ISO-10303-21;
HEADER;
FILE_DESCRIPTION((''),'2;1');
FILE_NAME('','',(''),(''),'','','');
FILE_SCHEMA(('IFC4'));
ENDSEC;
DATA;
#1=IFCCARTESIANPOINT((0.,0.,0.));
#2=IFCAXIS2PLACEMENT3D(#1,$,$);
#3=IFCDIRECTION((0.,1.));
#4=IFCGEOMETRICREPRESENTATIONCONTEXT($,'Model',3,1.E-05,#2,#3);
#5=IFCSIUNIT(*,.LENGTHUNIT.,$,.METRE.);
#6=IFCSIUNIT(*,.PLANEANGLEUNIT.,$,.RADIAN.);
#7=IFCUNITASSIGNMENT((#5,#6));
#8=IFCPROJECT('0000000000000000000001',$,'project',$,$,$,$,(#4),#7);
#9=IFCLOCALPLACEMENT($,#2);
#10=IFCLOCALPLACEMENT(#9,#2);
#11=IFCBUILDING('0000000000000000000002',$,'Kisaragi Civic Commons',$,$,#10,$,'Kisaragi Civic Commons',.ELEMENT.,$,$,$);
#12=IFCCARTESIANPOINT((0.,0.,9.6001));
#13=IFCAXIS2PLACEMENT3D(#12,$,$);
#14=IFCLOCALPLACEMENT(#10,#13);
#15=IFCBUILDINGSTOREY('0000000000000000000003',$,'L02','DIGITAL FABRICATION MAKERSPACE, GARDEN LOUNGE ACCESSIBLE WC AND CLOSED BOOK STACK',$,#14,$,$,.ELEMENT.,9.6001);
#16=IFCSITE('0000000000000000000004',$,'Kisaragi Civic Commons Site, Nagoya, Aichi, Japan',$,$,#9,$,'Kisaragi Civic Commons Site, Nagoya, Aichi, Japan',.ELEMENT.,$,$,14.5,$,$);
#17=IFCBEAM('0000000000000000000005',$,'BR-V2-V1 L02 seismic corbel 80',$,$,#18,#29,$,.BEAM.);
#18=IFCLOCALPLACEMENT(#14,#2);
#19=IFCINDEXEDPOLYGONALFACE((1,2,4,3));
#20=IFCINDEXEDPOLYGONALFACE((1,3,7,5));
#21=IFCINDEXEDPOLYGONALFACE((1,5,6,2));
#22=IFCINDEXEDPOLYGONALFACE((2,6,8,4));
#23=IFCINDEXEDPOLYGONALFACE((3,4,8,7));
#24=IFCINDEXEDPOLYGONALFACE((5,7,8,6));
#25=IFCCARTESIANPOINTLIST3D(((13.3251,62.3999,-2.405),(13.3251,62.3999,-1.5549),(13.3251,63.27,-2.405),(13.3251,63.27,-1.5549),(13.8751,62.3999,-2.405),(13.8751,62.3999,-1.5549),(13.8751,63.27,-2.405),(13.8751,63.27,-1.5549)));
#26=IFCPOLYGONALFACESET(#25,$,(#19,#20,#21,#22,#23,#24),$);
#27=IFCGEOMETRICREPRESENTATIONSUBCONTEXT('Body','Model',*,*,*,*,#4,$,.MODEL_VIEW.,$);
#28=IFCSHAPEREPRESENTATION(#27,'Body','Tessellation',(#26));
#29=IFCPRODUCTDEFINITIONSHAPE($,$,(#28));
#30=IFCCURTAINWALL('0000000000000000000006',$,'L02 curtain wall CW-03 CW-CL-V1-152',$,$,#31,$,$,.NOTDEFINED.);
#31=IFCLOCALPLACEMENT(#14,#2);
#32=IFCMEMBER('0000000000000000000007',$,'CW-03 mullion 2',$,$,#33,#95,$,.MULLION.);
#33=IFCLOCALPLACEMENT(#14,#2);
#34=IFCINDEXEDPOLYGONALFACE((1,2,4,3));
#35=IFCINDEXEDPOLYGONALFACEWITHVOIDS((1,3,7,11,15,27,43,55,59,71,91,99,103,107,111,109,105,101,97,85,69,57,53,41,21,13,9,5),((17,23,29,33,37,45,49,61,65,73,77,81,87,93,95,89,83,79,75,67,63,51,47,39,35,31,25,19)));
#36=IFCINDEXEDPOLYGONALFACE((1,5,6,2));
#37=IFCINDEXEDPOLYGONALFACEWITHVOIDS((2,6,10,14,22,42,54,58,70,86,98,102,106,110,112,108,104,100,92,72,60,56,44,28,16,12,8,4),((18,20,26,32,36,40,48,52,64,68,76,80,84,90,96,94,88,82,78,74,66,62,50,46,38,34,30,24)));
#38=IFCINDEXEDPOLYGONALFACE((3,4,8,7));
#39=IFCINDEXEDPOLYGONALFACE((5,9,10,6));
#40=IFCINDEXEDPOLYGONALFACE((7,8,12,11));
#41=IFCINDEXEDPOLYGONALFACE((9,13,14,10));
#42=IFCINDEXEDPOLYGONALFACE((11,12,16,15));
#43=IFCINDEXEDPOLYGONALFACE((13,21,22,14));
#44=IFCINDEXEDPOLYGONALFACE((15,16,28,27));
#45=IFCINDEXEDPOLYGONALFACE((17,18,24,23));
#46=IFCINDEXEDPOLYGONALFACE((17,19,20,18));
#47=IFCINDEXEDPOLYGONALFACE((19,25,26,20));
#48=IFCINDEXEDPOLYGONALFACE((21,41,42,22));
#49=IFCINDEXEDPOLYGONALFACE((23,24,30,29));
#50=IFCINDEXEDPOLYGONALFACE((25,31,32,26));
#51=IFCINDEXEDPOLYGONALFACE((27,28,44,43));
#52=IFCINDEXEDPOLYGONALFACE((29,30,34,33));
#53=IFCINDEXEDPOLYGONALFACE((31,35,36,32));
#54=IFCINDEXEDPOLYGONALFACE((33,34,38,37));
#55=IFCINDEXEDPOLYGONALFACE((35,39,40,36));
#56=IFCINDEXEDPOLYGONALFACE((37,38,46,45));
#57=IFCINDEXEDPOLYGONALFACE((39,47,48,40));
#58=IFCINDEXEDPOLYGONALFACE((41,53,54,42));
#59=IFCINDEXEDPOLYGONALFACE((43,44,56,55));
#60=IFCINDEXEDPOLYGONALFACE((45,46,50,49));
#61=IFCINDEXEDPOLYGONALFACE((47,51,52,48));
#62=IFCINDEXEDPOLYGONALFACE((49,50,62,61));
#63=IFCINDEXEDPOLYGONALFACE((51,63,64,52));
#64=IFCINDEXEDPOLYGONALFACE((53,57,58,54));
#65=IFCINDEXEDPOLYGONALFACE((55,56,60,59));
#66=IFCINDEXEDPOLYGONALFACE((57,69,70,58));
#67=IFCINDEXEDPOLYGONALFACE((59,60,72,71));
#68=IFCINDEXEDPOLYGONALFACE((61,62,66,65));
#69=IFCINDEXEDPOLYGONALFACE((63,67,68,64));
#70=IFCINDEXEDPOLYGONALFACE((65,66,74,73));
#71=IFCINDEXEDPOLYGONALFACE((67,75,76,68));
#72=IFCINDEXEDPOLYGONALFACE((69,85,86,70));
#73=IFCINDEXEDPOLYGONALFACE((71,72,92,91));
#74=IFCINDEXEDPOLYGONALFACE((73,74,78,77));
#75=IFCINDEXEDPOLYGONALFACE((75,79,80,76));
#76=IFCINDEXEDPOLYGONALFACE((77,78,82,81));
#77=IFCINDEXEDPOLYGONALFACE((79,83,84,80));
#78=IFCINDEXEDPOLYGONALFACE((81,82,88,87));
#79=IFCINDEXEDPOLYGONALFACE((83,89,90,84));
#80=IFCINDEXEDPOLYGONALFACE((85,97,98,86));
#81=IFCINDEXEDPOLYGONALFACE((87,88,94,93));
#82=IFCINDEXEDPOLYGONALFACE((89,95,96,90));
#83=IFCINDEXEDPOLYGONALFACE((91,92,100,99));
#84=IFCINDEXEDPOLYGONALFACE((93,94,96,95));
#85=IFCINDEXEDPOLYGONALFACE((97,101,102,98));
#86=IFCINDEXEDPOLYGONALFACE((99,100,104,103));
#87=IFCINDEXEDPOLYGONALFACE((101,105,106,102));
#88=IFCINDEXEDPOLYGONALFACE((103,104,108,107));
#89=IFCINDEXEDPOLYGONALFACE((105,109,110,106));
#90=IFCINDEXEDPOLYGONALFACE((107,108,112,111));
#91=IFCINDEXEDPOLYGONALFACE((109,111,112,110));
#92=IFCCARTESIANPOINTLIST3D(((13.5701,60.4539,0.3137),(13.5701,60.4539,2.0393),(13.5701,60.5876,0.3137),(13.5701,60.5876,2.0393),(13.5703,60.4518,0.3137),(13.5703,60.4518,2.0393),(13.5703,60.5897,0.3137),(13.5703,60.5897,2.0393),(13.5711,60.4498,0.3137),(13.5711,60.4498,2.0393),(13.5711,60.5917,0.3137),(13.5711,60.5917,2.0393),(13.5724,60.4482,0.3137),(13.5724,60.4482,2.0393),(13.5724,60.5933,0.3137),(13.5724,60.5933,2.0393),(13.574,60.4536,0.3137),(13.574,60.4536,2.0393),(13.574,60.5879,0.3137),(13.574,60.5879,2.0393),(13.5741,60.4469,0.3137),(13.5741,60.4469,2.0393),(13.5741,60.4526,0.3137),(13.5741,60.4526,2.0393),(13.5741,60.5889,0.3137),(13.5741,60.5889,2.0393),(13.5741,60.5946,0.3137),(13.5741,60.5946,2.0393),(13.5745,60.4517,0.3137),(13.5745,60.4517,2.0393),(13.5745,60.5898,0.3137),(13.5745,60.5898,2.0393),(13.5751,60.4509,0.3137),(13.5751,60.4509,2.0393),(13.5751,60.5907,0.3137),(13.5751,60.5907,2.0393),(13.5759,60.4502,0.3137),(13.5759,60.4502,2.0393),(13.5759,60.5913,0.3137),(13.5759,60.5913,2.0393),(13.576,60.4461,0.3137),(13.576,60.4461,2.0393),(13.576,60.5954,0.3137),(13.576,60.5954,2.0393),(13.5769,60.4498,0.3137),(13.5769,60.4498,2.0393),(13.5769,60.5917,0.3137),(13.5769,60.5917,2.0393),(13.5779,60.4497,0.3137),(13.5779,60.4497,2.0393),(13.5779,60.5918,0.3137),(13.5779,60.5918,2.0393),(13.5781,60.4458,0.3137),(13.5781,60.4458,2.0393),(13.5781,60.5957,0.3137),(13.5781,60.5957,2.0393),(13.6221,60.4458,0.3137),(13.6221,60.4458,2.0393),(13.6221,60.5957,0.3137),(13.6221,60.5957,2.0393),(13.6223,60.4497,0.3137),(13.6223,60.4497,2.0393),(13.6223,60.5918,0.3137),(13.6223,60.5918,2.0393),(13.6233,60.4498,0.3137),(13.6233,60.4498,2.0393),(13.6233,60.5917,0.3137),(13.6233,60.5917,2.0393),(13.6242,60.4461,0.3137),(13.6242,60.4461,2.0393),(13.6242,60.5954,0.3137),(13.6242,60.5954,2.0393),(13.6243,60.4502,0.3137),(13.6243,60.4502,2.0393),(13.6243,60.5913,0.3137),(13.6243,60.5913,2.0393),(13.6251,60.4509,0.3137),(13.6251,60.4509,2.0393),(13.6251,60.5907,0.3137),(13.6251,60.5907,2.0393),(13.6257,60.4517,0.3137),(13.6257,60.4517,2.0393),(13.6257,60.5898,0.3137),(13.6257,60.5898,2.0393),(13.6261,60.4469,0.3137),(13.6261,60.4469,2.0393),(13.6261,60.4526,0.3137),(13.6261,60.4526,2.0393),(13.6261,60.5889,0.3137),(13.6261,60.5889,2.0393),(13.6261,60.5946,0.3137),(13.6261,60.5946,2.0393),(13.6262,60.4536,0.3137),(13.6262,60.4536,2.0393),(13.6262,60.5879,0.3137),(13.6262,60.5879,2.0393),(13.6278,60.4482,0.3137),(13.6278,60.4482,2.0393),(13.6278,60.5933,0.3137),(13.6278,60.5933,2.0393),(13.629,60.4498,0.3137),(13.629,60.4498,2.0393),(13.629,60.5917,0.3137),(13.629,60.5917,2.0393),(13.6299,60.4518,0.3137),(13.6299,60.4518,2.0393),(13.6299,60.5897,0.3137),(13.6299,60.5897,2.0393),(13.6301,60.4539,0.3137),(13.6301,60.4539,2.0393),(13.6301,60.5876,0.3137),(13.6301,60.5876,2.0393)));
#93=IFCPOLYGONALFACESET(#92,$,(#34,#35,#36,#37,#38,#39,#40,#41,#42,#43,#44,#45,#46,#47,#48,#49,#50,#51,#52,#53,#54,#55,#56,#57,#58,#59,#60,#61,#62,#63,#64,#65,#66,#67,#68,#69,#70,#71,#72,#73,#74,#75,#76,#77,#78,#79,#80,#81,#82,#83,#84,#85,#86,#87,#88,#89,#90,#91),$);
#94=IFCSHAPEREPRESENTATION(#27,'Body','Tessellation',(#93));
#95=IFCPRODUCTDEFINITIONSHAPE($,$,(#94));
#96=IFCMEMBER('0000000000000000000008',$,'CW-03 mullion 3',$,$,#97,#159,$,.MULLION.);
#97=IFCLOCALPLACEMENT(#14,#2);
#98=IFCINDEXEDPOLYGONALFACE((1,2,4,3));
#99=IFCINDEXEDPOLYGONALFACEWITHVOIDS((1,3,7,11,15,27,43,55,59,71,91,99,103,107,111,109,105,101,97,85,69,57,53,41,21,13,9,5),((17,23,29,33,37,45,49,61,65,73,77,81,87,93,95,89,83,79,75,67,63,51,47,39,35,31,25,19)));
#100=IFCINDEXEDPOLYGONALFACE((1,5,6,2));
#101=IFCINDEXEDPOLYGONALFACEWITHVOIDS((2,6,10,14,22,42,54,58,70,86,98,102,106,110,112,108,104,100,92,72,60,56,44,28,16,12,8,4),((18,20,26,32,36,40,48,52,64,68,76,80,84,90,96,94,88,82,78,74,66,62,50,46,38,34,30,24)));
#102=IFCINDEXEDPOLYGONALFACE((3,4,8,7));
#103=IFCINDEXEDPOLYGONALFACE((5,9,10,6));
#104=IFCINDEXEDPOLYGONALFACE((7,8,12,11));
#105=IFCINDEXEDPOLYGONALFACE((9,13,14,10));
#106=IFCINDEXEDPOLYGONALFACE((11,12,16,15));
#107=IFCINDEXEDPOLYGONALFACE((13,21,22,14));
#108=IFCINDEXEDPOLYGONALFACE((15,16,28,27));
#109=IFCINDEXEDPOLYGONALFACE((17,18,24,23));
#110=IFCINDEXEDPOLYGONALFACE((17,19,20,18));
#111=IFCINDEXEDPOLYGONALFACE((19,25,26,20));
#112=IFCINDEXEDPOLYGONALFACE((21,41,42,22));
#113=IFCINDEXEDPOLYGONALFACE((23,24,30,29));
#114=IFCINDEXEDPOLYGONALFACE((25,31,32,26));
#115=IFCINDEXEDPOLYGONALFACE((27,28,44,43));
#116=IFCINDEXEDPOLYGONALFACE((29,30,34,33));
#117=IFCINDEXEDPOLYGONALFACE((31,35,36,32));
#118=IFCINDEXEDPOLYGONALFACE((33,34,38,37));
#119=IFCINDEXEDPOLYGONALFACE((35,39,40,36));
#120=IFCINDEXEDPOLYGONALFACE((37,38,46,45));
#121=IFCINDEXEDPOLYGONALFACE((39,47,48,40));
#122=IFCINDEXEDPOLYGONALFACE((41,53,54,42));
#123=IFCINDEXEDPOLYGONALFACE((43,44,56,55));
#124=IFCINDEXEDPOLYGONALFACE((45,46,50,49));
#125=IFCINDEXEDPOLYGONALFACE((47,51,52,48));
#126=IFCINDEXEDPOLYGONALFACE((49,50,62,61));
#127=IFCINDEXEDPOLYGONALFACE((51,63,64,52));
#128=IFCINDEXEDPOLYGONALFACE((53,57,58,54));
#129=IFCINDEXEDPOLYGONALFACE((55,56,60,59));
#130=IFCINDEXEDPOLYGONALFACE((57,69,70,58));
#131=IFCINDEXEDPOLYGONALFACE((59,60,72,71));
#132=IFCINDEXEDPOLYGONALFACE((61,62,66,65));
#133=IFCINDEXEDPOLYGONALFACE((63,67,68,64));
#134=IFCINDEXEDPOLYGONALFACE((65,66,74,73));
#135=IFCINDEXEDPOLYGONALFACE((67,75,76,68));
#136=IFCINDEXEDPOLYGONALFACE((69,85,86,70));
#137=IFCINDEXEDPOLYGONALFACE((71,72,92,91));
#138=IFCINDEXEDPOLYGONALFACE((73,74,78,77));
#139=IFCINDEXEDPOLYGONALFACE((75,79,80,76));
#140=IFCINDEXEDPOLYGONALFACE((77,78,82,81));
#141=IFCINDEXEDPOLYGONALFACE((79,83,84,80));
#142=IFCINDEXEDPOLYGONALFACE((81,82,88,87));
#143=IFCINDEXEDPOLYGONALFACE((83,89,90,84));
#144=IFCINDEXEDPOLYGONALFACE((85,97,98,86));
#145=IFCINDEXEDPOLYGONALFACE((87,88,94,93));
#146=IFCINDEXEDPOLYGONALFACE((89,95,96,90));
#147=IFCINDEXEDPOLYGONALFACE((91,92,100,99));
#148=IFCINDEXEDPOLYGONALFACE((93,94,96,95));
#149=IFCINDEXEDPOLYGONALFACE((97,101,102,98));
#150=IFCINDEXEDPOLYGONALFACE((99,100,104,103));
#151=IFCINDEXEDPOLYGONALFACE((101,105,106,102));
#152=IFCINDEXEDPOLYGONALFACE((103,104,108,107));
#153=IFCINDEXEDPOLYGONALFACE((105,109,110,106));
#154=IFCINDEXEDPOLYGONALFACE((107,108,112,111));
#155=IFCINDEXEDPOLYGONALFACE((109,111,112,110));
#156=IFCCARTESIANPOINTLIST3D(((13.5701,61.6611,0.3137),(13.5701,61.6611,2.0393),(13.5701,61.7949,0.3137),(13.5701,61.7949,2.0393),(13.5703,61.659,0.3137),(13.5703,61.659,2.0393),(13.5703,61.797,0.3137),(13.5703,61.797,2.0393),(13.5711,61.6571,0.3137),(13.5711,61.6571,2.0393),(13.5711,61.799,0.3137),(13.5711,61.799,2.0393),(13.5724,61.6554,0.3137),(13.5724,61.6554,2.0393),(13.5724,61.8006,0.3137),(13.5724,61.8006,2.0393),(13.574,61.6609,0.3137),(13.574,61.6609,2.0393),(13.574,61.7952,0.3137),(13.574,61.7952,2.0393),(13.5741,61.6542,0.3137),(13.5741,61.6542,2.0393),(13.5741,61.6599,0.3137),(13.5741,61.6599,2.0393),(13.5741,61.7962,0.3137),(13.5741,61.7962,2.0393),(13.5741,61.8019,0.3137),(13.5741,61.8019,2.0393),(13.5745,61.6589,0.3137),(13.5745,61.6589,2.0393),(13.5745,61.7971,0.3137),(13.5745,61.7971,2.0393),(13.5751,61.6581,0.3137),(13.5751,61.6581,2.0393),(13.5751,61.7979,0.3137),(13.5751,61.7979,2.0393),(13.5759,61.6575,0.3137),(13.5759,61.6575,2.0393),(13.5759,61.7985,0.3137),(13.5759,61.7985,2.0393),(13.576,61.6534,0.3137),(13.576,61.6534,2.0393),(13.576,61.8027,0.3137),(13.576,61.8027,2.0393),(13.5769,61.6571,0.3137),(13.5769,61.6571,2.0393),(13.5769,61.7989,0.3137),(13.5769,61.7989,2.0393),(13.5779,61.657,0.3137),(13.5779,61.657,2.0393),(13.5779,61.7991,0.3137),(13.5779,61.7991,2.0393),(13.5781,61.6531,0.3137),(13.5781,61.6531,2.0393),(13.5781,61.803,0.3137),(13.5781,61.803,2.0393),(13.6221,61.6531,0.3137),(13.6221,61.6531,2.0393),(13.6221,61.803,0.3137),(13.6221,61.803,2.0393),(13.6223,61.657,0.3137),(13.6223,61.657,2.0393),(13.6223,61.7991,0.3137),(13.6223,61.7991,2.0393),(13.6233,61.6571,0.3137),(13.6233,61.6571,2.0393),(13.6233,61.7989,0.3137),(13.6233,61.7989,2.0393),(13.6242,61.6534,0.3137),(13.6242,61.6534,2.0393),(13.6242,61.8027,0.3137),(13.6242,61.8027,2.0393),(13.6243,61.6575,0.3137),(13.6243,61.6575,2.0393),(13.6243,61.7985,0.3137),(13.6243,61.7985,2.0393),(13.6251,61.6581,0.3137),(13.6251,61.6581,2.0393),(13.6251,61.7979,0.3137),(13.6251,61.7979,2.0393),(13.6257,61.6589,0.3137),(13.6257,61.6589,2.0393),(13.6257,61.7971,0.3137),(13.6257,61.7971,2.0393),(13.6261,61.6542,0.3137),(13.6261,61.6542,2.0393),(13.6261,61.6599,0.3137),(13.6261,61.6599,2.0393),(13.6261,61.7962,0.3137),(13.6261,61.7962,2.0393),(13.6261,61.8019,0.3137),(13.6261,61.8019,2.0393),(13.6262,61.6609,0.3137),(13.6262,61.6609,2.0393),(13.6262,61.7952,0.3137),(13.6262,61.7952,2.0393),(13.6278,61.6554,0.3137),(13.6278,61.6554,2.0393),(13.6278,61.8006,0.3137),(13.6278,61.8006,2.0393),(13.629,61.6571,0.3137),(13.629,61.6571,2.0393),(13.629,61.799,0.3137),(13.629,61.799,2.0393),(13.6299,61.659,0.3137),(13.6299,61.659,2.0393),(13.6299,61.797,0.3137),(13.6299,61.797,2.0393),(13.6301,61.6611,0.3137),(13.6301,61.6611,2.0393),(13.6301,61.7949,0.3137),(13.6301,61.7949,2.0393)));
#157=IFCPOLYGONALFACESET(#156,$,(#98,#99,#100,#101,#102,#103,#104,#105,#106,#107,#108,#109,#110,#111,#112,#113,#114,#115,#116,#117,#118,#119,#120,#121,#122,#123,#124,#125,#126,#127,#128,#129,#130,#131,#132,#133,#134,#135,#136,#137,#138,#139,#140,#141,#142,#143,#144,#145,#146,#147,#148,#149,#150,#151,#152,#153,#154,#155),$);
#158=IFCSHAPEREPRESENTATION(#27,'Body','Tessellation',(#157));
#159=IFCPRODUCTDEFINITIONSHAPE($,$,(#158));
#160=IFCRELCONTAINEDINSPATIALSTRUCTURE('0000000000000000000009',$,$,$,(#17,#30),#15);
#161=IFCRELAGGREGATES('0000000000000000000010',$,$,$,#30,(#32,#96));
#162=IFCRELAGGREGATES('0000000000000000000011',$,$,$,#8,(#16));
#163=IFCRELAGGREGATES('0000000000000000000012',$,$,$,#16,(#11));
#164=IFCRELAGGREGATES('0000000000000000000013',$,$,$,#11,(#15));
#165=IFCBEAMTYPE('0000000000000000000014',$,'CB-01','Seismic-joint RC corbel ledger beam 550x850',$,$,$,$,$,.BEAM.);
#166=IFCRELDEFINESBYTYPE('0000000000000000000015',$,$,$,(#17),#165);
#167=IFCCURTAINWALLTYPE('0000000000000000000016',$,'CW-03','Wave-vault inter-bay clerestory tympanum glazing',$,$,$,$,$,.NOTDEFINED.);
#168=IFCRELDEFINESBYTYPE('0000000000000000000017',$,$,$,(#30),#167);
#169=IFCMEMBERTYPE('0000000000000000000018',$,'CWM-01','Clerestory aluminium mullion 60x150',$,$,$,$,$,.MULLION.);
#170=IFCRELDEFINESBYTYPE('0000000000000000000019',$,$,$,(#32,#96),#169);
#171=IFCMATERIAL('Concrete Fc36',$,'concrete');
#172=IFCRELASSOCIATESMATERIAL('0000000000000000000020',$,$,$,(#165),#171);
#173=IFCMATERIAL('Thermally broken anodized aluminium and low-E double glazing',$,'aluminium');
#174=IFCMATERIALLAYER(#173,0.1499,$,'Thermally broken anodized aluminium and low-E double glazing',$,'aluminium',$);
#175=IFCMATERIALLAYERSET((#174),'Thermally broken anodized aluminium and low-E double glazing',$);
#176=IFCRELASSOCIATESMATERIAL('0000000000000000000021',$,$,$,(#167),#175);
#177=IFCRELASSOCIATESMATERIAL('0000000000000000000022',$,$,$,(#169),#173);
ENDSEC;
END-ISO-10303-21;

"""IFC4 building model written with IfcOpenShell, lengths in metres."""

from ifc_helpers import new_model, si_unit, direction, frame, origin, origin_2d, place, context, subcontext, project, spatial, rectangle, hollow_rectangle, extrude, material, layer, layer_set, material_profile, profile_set, type_object, element, aggregate, save


model = new_model("IFC4")

# Units and contexts
model_context = context("Model", 3, precision=1e-05, world=origin(), true_north=direction((0.0, 1.0)))
body_context = subcontext(model_context, "Body", "Model", "MODEL_VIEW")
ifc_project = project(units=[si_unit("LENGTHUNIT", "METRE"), si_unit("PLANEANGLEUNIT", "RADIAN")], contexts=[model_context])

# Site, building, storey
site_placement = place(None, origin())
site = spatial("IfcSite", under=ifc_project, at=site_placement, Name="Kisaragi Civic Commons Site, Nagoya, Aichi, Japan", LongName="Kisaragi Civic Commons Site, Nagoya, Aichi, Japan", CompositionType="ELEMENT", RefElevation=14.5)
building_placement = place(site_placement, origin())
building = spatial("IfcBuilding", under=site, at=building_placement, Name="Kisaragi Civic Commons", LongName="Kisaragi Civic Commons", CompositionType="ELEMENT")
storey_placement = place(building_placement, frame((0.0, 0.0, 9.6001)))
storey = spatial("IfcBuildingStorey", under=building, at=storey_placement, Name="L02", Description="DIGITAL FABRICATION MAKERSPACE, GARDEN LOUNGE ACCESSIBLE WC AND CLOSED BOOK STACK", CompositionType="ELEMENT", Elevation=9.6001)

# Beam
ifc_material_1 = material(Name="Concrete Fc36", Category="concrete")
ifc_material_profile_1 = material_profile(ifc_material_1, rectangle(XDim=0.55, YDim=0.8501, at=origin_2d()), Name="RC-550x850", Category="concrete")
ifc_profile_set_1 = profile_set([ifc_material_profile_1], Name="Concrete Fc36")
beam_type_1 = type_object("IfcBeamType", Name="CB-01", Description="Seismic-joint RC corbel ledger beam 550x850", PredefinedType="BEAM", material=ifc_profile_set_1)
beam_1_placement = place(storey_placement, frame((13.6001, 62.3999, -1.98), z_axis=(0.0, 1.0, 0.0), x_axis=(-1.0, 0.0, 0.0)))
element("IfcBeam", 1, at=beam_1_placement, inside=storey, type_object=beam_type_1, Name="BR-V2-V1 L02 seismic corbel 80", PredefinedType="BEAM", context=body_context, shape_type="SweptSolid", body=[
    extrude(rectangle(XDim=0.55, YDim=0.8501, at=origin_2d()), origin(), (0.0, 0.0, 1.0), 0.8701),
])

# Curtain wall, members
ifc_material_2 = material(Name="Thermally broken anodized aluminium and low-E double glazing", Category="aluminium")
ifc_layer_1 = layer(ifc_material_2, 0.1499, Name="Thermally broken anodized aluminium and low-E double glazing", Category="aluminium")
ifc_layer_set_1 = layer_set([ifc_layer_1], Name="Thermally broken anodized aluminium and low-E double glazing")
curtain_wall_type_1 = type_object("IfcCurtainWallType", Name="CW-03", Description="Wave-vault inter-bay clerestory tympanum glazing", PredefinedType="NOTDEFINED", material=ifc_layer_set_1)
curtain_wall_1_placement = place(storey_placement, origin())
curtain_wall_1 = element("IfcCurtainWall", 2, at=curtain_wall_1_placement, inside=storey, type_object=curtain_wall_type_1, Name="L02 curtain wall CW-03 CW-CL-V1-152", PredefinedType="NOTDEFINED")
ifc_material_profile_2 = material_profile(ifc_material_2, hollow_rectangle(XDim=0.0601, YDim=0.1499, WallThickness=0.0039, InnerFilletRadius=0.0039, OuterFilletRadius=0.0081, at=origin_2d()), Name="CWM-60x150x4", Category="aluminium")
ifc_profile_set_2 = profile_set([ifc_material_profile_2], Name="Thermally broken anodized aluminium and low-E double glazing")
member_type_1 = type_object("IfcMemberType", Name="CWM-01", Description="Clerestory aluminium mullion 60x150", PredefinedType="MULLION", material=ifc_profile_set_2)
member_1_placement = place(storey_placement, frame((13.6001, 60.5208, 0.3137), z_axis=(0.0, 0.0, 1.0), x_axis=(-1.0, 0.0, 0.0)))
member_1 = element("IfcMember", 3, at=member_1_placement, type_object=member_type_1, Name="CW-03 mullion 2", PredefinedType="MULLION", context=body_context, shape_type="SweptSolid", body=[
    extrude(hollow_rectangle(XDim=0.0601, YDim=0.1499, WallThickness=0.0039, InnerFilletRadius=0.0039, OuterFilletRadius=0.0081, at=origin_2d()), origin(), (0.0, 0.0, 1.0), 1.7256),
])
member_2_placement = place(storey_placement, frame((13.6001, 61.728, 0.3137), z_axis=(0.0, 0.0, 1.0), x_axis=(-1.0, 0.0, 0.0)))
member_2 = element("IfcMember", 4, at=member_2_placement, type_object=member_type_1, Name="CW-03 mullion 3", PredefinedType="MULLION", context=body_context, shape_type="SweptSolid", body=[
    extrude(hollow_rectangle(XDim=0.0601, YDim=0.1499, WallThickness=0.0039, InnerFilletRadius=0.0039, OuterFilletRadius=0.0081, at=origin_2d()), origin(), (0.0, 0.0, 1.0), 1.7256),
])

aggregate(curtain_wall_1, [member_1, member_2])

save(model, "model.ifc")
